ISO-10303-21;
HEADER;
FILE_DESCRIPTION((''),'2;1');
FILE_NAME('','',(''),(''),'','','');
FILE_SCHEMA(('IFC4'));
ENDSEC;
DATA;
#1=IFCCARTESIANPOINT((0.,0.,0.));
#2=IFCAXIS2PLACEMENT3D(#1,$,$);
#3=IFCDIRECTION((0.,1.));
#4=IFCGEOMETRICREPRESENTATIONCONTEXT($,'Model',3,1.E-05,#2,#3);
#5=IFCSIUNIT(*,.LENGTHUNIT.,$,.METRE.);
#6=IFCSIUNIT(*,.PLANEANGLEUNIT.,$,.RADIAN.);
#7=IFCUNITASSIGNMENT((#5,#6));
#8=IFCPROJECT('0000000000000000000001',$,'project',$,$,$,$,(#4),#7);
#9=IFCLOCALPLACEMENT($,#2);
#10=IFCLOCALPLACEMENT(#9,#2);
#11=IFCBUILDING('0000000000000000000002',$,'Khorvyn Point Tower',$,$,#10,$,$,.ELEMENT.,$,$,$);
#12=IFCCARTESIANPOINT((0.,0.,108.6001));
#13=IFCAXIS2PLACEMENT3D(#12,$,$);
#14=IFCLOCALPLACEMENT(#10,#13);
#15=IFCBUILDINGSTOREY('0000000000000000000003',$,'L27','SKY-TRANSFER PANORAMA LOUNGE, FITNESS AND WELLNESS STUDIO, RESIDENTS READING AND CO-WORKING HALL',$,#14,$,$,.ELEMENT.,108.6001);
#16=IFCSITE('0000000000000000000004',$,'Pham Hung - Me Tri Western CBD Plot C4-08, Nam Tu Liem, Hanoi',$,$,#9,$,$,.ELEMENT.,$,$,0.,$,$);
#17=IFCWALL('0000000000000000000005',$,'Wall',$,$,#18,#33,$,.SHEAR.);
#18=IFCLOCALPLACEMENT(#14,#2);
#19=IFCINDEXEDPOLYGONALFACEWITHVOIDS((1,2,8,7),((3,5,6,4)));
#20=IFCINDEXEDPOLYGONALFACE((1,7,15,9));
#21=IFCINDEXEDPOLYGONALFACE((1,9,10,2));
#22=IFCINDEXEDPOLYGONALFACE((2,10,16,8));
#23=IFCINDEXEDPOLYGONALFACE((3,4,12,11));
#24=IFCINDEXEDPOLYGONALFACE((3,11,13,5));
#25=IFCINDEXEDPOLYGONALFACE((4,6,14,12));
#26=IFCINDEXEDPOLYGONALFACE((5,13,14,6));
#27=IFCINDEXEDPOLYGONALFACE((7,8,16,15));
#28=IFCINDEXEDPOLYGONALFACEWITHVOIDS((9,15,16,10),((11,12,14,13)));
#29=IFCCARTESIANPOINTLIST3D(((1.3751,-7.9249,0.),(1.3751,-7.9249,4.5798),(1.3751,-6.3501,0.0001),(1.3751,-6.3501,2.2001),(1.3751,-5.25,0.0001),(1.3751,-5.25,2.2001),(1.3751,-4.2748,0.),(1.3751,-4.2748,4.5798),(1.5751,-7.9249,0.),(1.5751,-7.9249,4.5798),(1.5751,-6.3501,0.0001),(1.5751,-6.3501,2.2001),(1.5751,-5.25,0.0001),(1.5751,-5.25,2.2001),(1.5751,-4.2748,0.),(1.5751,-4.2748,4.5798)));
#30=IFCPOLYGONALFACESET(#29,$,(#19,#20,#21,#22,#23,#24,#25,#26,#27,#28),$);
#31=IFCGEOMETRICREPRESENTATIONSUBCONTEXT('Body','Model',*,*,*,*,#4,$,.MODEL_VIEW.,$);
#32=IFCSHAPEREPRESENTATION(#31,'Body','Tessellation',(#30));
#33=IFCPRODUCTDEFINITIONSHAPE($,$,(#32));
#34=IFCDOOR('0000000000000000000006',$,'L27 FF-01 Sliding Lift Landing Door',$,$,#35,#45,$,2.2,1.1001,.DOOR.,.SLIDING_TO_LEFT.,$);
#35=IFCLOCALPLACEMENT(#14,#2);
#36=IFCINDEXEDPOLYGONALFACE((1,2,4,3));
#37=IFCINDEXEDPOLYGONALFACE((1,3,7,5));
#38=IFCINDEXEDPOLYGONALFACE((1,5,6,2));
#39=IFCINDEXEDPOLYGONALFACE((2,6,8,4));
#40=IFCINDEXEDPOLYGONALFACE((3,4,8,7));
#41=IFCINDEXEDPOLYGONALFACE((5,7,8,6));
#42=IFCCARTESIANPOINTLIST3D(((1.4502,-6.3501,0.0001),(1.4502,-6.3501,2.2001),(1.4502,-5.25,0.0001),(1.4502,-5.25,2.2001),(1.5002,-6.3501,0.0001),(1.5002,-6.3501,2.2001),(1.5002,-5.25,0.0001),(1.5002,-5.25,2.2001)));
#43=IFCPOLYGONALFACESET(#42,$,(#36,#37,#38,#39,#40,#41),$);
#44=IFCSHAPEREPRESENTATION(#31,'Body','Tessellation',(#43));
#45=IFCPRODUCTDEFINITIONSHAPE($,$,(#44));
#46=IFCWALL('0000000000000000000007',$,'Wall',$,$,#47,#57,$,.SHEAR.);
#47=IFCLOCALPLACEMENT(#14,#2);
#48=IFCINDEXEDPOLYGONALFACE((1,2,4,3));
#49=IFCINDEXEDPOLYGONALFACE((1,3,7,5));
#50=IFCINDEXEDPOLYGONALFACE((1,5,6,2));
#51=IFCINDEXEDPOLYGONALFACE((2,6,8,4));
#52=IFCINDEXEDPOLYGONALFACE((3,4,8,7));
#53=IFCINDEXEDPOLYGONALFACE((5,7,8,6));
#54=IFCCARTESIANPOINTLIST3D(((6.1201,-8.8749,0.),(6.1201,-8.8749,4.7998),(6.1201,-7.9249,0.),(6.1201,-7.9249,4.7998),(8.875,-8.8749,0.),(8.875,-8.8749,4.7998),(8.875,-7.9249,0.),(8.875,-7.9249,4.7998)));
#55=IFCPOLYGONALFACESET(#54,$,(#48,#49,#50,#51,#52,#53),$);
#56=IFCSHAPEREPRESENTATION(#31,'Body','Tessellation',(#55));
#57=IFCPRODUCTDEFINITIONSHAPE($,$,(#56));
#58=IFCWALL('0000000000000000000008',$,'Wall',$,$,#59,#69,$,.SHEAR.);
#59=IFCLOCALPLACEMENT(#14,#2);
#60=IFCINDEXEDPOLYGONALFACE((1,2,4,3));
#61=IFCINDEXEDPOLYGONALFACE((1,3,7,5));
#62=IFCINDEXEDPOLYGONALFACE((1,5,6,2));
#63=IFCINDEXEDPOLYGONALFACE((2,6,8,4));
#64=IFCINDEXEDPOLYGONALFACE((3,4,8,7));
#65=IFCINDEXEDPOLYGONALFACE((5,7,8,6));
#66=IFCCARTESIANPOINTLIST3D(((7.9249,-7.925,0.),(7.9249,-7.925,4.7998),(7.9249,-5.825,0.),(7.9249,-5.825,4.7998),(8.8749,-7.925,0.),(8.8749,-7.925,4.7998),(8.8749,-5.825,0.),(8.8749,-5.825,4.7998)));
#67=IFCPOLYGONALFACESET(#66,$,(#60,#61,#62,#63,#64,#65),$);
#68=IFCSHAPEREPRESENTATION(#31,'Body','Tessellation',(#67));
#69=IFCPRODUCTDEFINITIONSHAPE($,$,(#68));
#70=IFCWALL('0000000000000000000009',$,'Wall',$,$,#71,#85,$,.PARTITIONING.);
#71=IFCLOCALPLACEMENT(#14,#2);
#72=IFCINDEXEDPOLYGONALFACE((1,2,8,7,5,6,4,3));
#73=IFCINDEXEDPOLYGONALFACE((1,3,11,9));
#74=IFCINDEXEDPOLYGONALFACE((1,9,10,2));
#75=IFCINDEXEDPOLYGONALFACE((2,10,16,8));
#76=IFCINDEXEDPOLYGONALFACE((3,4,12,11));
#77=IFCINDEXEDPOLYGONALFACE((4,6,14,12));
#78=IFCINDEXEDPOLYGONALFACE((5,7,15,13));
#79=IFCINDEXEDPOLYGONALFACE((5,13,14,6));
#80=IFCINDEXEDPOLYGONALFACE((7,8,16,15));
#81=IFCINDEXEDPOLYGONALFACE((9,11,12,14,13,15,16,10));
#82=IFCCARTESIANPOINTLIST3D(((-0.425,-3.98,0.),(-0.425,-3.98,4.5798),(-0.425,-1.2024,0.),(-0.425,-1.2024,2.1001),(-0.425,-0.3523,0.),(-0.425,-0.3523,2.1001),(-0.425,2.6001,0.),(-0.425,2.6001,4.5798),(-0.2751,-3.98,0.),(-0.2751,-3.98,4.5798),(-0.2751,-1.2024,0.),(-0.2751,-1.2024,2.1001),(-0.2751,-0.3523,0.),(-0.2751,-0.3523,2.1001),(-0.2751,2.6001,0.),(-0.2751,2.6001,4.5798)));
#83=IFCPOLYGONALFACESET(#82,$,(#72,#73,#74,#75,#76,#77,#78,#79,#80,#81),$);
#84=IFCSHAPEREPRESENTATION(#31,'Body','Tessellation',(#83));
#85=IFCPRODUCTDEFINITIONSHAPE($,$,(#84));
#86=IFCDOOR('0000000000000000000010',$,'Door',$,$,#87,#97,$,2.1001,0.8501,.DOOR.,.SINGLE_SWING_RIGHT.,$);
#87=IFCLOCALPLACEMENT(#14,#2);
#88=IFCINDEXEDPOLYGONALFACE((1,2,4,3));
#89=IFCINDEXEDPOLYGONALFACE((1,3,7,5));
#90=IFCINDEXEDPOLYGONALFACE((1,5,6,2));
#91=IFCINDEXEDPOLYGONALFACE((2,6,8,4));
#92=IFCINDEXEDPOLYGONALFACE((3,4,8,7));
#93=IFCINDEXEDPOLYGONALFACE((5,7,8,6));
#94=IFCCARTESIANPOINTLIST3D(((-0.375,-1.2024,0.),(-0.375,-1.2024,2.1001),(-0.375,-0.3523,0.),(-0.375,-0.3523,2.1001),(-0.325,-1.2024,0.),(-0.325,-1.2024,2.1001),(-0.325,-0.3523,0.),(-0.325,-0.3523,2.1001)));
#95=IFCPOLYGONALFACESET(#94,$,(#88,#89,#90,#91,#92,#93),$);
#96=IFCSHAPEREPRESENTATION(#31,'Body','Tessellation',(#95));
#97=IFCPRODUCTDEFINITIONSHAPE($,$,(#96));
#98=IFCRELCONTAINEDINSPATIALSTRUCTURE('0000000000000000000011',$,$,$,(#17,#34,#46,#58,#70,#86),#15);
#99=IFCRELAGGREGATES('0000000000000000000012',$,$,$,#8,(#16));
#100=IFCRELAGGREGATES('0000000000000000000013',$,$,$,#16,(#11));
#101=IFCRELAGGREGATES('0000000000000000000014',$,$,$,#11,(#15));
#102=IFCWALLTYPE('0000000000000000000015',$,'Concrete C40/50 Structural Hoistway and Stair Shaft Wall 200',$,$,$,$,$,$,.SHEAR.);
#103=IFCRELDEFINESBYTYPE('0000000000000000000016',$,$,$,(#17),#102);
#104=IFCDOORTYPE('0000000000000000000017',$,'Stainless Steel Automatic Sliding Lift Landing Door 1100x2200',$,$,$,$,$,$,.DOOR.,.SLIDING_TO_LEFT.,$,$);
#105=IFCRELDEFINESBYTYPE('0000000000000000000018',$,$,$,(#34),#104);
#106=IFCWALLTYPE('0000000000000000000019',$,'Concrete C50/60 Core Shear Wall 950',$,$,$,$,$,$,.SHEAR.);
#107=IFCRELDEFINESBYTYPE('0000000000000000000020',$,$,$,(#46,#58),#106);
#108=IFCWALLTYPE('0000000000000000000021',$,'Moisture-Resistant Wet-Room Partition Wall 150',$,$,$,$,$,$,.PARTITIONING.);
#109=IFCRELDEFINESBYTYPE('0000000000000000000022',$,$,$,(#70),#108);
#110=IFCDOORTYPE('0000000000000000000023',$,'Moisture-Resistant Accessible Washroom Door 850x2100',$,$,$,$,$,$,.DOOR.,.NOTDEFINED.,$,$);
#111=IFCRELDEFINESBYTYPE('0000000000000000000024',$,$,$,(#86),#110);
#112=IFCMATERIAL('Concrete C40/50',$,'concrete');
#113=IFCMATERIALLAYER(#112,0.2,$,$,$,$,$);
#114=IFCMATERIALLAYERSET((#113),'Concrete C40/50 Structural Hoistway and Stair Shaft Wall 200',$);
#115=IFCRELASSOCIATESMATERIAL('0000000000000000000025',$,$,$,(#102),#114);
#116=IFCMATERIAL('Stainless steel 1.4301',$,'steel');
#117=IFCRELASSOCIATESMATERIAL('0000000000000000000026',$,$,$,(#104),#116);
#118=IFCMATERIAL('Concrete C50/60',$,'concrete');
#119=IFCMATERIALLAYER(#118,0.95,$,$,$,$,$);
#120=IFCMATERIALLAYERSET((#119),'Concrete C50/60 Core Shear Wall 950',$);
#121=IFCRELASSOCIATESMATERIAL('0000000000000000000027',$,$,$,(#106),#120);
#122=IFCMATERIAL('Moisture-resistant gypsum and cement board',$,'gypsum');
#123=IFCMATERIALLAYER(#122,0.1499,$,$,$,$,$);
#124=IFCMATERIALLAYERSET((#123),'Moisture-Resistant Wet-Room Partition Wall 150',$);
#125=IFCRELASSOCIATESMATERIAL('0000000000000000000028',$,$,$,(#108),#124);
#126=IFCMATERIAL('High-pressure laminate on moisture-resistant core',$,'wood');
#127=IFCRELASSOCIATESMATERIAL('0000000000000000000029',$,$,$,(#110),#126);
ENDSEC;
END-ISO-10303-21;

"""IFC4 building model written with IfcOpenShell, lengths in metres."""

from ifc_helpers import new_model, si_unit, direction, frame, frame_2d, origin, place, context, subcontext, project, spatial, rectangle, extrude, material, layer, layer_set, type_object, element, fill, save


model = new_model("IFC4")

# Units and contexts
model_context = context("Model", 3, precision=1e-05, world=origin(), true_north=direction((0.0, 1.0)))
body_context = subcontext(model_context, "Body", "Model", "MODEL_VIEW")
ifc_project = project(units=[si_unit("LENGTHUNIT", "METRE"), si_unit("PLANEANGLEUNIT", "RADIAN")], contexts=[model_context])

# Site, building, storey
site_placement = place(None, origin())
site = spatial("IfcSite", under=ifc_project, at=site_placement, Name="Pham Hung - Me Tri Western CBD Plot C4-08, Nam Tu Liem, Hanoi", CompositionType="ELEMENT", RefElevation=0.0)
building_placement = place(site_placement, origin())
building = spatial("IfcBuilding", under=site, at=building_placement, Name="Khorvyn Point Tower", CompositionType="ELEMENT")
storey_placement = place(building_placement, frame((0.0, 0.0, 108.6001)))
storey = spatial("IfcBuildingStorey", under=building, at=storey_placement, Name="L27", Description="SKY-TRANSFER PANORAMA LOUNGE, FITNESS AND WELLNESS STUDIO, RESIDENTS READING AND CO-WORKING HALL", CompositionType="ELEMENT", Elevation=108.6001)

# Shared definitions
ifc_material_1 = material(Name="Concrete C40/50", Category="concrete")

# Shared definitions
ifc_material_2 = material(Name="Concrete C50/60", Category="concrete")

# Wall, opening, door
ifc_layer_1 = layer(ifc_material_1, 0.2)
ifc_layer_set_1 = layer_set([ifc_layer_1], Name="Concrete C40/50 Structural Hoistway and Stair Shaft Wall 200")
wall_type_1 = type_object("IfcWallType", Name="Concrete C40/50 Structural Hoistway and Stair Shaft Wall 200", PredefinedType="SHEAR", material=ifc_layer_set_1)
wall_1_placement = place(storey_placement, frame((1.4751, -7.925, 0.0), z_axis=(0.0, 0.0, 1.0), x_axis=(0.0, 1.0, 0.0)))
wall_1 = element("IfcWall", 1, at=wall_1_placement, inside=storey, type_object=wall_type_1, Name="Wall", PredefinedType="SHEAR", context=body_context, shape_type="SweptSolid", body=[
    extrude(rectangle(XDim=3.6501, YDim=0.2, at=frame_2d((1.8252, 0.0))), origin(), (0.0, 0.0, 1.0), 4.5798),
])
opening_1_placement = place(wall_1_placement, frame((1.575, 0.0, 0.0)))
opening_1 = element("IfcOpeningElement", 2, at=opening_1_placement, cuts=wall_1, PredefinedType="OPENING", context=body_context, shape_type="SweptSolid", body=[
    extrude(rectangle(XDim=1.1001, YDim=2.2, at=frame_2d((0.55, 1.1001))), frame((0.0, 0.1099, 0.0), z_axis=(0.0, -1.0, 0.0), x_axis=(1.0, 0.0, 0.0)), (0.0, 0.0, 1.0), 0.22),
])
ifc_material_3 = material(Name="Stainless steel 1.4301", Category="steel")
door_type_1 = type_object("IfcDoorType", Name="Stainless Steel Automatic Sliding Lift Landing Door 1100x2200", OperationType="SLIDING_TO_LEFT", PredefinedType="DOOR", material=ifc_material_3)
door_1_placement = place(opening_1_placement, origin())
door_1 = element("IfcDoor", 3, at=door_1_placement, inside=storey, type_object=door_type_1, Name="L27 FF-01 Sliding Lift Landing Door", OperationType="SLIDING_TO_LEFT", OverallHeight=2.2, OverallWidth=1.1001, PredefinedType="DOOR", context=body_context, shape_type="SweptSolid", body=[
    extrude(rectangle(XDim=1.1001, YDim=2.2, at=frame_2d((0.55, 1.1001))), frame((0.0, 0.0249, 0.0), z_axis=(0.0, -1.0, 0.0), x_axis=(1.0, 0.0, 0.0)), (0.0, 0.0, 1.0), 0.05),
])
fill(opening_1, door_1)

# Walls
ifc_layer_2 = layer(ifc_material_2, 0.95)
ifc_layer_set_2 = layer_set([ifc_layer_2], Name="Concrete C50/60 Core Shear Wall 950")
wall_type_2 = type_object("IfcWallType", Name="Concrete C50/60 Core Shear Wall 950", PredefinedType="SHEAR", material=ifc_layer_set_2)
wall_2_placement = place(storey_placement, frame((6.1201, -8.3999, 0.0), z_axis=(0.0, 0.0, 1.0), x_axis=(1.0, 0.0, 0.0)))
element("IfcWall", 4, at=wall_2_placement, inside=storey, type_object=wall_type_2, Name="Wall", PredefinedType="SHEAR", context=body_context, shape_type="SweptSolid", body=[
    extrude(rectangle(XDim=2.7549, YDim=0.95, at=frame_2d((1.3774, 0.0))), origin(), (0.0, 0.0, 1.0), 4.7998),
])
wall_3_placement = place(storey_placement, frame((8.3999, -7.925, 0.0), z_axis=(0.0, 0.0, 1.0), x_axis=(0.0, 1.0, 0.0)))
element("IfcWall", 5, at=wall_3_placement, inside=storey, type_object=wall_type_2, Name="Wall", PredefinedType="SHEAR", context=body_context, shape_type="SweptSolid", body=[
    extrude(rectangle(XDim=2.1001, YDim=0.95, at=frame_2d((1.05, 0.0))), origin(), (0.0, 0.0, 1.0), 4.7998),
])

# Wall, opening, door
ifc_material_4 = material(Name="Moisture-resistant gypsum and cement board", Category="gypsum")
ifc_layer_3 = layer(ifc_material_4, 0.1499)
ifc_layer_set_3 = layer_set([ifc_layer_3], Name="Moisture-Resistant Wet-Room Partition Wall 150")
wall_type_3 = type_object("IfcWallType", Name="Moisture-Resistant Wet-Room Partition Wall 150", PredefinedType="PARTITIONING", material=ifc_layer_set_3)
wall_4_placement = place(storey_placement, frame((-0.3501, -3.98, 0.0), z_axis=(0.0, 0.0, 1.0), x_axis=(0.0, 1.0, 0.0)))
wall_4 = element("IfcWall", 6, at=wall_4_placement, inside=storey, type_object=wall_type_3, Name="Wall", PredefinedType="PARTITIONING", context=body_context, shape_type="SweptSolid", body=[
    extrude(rectangle(XDim=6.5801, YDim=0.1499, at=frame_2d((3.29, 0.0))), origin(), (0.0, 0.0, 1.0), 4.5798),
])
opening_2_placement = place(wall_4_placement, frame((2.7776, 0.0, 0.0)))
opening_2 = element("IfcOpeningElement", 7, at=opening_2_placement, cuts=wall_4, PredefinedType="OPENING", context=body_context, shape_type="SweptSolid", body=[
    extrude(rectangle(XDim=0.8501, YDim=2.1001, at=frame_2d((0.425, 1.05))), frame((0.0, 0.085, 0.0), z_axis=(0.0, -1.0, 0.0), x_axis=(1.0, 0.0, 0.0)), (0.0, 0.0, 1.0), 0.1699),
])
ifc_material_5 = material(Name="High-pressure laminate on moisture-resistant core", Category="wood")
door_type_2 = type_object("IfcDoorType", Name="Moisture-Resistant Accessible Washroom Door 850x2100", OperationType="NOTDEFINED", PredefinedType="DOOR", material=ifc_material_5)
door_2_placement = place(opening_2_placement, origin())
door_2 = element("IfcDoor", 8, at=door_2_placement, inside=storey, type_object=door_type_2, Name="Door", OperationType="SINGLE_SWING_RIGHT", OverallHeight=2.1001, OverallWidth=0.8501, PredefinedType="DOOR", context=body_context, shape_type="SweptSolid", body=[
    extrude(rectangle(XDim=0.8501, YDim=2.1001, at=frame_2d((0.425, 1.05))), frame((0.0, 0.0249, 0.0), z_axis=(0.0, -1.0, 0.0), x_axis=(1.0, 0.0, 0.0)), (0.0, 0.0, 1.0), 0.05),
])
fill(opening_2, door_2)

save(model, "model.ifc")
